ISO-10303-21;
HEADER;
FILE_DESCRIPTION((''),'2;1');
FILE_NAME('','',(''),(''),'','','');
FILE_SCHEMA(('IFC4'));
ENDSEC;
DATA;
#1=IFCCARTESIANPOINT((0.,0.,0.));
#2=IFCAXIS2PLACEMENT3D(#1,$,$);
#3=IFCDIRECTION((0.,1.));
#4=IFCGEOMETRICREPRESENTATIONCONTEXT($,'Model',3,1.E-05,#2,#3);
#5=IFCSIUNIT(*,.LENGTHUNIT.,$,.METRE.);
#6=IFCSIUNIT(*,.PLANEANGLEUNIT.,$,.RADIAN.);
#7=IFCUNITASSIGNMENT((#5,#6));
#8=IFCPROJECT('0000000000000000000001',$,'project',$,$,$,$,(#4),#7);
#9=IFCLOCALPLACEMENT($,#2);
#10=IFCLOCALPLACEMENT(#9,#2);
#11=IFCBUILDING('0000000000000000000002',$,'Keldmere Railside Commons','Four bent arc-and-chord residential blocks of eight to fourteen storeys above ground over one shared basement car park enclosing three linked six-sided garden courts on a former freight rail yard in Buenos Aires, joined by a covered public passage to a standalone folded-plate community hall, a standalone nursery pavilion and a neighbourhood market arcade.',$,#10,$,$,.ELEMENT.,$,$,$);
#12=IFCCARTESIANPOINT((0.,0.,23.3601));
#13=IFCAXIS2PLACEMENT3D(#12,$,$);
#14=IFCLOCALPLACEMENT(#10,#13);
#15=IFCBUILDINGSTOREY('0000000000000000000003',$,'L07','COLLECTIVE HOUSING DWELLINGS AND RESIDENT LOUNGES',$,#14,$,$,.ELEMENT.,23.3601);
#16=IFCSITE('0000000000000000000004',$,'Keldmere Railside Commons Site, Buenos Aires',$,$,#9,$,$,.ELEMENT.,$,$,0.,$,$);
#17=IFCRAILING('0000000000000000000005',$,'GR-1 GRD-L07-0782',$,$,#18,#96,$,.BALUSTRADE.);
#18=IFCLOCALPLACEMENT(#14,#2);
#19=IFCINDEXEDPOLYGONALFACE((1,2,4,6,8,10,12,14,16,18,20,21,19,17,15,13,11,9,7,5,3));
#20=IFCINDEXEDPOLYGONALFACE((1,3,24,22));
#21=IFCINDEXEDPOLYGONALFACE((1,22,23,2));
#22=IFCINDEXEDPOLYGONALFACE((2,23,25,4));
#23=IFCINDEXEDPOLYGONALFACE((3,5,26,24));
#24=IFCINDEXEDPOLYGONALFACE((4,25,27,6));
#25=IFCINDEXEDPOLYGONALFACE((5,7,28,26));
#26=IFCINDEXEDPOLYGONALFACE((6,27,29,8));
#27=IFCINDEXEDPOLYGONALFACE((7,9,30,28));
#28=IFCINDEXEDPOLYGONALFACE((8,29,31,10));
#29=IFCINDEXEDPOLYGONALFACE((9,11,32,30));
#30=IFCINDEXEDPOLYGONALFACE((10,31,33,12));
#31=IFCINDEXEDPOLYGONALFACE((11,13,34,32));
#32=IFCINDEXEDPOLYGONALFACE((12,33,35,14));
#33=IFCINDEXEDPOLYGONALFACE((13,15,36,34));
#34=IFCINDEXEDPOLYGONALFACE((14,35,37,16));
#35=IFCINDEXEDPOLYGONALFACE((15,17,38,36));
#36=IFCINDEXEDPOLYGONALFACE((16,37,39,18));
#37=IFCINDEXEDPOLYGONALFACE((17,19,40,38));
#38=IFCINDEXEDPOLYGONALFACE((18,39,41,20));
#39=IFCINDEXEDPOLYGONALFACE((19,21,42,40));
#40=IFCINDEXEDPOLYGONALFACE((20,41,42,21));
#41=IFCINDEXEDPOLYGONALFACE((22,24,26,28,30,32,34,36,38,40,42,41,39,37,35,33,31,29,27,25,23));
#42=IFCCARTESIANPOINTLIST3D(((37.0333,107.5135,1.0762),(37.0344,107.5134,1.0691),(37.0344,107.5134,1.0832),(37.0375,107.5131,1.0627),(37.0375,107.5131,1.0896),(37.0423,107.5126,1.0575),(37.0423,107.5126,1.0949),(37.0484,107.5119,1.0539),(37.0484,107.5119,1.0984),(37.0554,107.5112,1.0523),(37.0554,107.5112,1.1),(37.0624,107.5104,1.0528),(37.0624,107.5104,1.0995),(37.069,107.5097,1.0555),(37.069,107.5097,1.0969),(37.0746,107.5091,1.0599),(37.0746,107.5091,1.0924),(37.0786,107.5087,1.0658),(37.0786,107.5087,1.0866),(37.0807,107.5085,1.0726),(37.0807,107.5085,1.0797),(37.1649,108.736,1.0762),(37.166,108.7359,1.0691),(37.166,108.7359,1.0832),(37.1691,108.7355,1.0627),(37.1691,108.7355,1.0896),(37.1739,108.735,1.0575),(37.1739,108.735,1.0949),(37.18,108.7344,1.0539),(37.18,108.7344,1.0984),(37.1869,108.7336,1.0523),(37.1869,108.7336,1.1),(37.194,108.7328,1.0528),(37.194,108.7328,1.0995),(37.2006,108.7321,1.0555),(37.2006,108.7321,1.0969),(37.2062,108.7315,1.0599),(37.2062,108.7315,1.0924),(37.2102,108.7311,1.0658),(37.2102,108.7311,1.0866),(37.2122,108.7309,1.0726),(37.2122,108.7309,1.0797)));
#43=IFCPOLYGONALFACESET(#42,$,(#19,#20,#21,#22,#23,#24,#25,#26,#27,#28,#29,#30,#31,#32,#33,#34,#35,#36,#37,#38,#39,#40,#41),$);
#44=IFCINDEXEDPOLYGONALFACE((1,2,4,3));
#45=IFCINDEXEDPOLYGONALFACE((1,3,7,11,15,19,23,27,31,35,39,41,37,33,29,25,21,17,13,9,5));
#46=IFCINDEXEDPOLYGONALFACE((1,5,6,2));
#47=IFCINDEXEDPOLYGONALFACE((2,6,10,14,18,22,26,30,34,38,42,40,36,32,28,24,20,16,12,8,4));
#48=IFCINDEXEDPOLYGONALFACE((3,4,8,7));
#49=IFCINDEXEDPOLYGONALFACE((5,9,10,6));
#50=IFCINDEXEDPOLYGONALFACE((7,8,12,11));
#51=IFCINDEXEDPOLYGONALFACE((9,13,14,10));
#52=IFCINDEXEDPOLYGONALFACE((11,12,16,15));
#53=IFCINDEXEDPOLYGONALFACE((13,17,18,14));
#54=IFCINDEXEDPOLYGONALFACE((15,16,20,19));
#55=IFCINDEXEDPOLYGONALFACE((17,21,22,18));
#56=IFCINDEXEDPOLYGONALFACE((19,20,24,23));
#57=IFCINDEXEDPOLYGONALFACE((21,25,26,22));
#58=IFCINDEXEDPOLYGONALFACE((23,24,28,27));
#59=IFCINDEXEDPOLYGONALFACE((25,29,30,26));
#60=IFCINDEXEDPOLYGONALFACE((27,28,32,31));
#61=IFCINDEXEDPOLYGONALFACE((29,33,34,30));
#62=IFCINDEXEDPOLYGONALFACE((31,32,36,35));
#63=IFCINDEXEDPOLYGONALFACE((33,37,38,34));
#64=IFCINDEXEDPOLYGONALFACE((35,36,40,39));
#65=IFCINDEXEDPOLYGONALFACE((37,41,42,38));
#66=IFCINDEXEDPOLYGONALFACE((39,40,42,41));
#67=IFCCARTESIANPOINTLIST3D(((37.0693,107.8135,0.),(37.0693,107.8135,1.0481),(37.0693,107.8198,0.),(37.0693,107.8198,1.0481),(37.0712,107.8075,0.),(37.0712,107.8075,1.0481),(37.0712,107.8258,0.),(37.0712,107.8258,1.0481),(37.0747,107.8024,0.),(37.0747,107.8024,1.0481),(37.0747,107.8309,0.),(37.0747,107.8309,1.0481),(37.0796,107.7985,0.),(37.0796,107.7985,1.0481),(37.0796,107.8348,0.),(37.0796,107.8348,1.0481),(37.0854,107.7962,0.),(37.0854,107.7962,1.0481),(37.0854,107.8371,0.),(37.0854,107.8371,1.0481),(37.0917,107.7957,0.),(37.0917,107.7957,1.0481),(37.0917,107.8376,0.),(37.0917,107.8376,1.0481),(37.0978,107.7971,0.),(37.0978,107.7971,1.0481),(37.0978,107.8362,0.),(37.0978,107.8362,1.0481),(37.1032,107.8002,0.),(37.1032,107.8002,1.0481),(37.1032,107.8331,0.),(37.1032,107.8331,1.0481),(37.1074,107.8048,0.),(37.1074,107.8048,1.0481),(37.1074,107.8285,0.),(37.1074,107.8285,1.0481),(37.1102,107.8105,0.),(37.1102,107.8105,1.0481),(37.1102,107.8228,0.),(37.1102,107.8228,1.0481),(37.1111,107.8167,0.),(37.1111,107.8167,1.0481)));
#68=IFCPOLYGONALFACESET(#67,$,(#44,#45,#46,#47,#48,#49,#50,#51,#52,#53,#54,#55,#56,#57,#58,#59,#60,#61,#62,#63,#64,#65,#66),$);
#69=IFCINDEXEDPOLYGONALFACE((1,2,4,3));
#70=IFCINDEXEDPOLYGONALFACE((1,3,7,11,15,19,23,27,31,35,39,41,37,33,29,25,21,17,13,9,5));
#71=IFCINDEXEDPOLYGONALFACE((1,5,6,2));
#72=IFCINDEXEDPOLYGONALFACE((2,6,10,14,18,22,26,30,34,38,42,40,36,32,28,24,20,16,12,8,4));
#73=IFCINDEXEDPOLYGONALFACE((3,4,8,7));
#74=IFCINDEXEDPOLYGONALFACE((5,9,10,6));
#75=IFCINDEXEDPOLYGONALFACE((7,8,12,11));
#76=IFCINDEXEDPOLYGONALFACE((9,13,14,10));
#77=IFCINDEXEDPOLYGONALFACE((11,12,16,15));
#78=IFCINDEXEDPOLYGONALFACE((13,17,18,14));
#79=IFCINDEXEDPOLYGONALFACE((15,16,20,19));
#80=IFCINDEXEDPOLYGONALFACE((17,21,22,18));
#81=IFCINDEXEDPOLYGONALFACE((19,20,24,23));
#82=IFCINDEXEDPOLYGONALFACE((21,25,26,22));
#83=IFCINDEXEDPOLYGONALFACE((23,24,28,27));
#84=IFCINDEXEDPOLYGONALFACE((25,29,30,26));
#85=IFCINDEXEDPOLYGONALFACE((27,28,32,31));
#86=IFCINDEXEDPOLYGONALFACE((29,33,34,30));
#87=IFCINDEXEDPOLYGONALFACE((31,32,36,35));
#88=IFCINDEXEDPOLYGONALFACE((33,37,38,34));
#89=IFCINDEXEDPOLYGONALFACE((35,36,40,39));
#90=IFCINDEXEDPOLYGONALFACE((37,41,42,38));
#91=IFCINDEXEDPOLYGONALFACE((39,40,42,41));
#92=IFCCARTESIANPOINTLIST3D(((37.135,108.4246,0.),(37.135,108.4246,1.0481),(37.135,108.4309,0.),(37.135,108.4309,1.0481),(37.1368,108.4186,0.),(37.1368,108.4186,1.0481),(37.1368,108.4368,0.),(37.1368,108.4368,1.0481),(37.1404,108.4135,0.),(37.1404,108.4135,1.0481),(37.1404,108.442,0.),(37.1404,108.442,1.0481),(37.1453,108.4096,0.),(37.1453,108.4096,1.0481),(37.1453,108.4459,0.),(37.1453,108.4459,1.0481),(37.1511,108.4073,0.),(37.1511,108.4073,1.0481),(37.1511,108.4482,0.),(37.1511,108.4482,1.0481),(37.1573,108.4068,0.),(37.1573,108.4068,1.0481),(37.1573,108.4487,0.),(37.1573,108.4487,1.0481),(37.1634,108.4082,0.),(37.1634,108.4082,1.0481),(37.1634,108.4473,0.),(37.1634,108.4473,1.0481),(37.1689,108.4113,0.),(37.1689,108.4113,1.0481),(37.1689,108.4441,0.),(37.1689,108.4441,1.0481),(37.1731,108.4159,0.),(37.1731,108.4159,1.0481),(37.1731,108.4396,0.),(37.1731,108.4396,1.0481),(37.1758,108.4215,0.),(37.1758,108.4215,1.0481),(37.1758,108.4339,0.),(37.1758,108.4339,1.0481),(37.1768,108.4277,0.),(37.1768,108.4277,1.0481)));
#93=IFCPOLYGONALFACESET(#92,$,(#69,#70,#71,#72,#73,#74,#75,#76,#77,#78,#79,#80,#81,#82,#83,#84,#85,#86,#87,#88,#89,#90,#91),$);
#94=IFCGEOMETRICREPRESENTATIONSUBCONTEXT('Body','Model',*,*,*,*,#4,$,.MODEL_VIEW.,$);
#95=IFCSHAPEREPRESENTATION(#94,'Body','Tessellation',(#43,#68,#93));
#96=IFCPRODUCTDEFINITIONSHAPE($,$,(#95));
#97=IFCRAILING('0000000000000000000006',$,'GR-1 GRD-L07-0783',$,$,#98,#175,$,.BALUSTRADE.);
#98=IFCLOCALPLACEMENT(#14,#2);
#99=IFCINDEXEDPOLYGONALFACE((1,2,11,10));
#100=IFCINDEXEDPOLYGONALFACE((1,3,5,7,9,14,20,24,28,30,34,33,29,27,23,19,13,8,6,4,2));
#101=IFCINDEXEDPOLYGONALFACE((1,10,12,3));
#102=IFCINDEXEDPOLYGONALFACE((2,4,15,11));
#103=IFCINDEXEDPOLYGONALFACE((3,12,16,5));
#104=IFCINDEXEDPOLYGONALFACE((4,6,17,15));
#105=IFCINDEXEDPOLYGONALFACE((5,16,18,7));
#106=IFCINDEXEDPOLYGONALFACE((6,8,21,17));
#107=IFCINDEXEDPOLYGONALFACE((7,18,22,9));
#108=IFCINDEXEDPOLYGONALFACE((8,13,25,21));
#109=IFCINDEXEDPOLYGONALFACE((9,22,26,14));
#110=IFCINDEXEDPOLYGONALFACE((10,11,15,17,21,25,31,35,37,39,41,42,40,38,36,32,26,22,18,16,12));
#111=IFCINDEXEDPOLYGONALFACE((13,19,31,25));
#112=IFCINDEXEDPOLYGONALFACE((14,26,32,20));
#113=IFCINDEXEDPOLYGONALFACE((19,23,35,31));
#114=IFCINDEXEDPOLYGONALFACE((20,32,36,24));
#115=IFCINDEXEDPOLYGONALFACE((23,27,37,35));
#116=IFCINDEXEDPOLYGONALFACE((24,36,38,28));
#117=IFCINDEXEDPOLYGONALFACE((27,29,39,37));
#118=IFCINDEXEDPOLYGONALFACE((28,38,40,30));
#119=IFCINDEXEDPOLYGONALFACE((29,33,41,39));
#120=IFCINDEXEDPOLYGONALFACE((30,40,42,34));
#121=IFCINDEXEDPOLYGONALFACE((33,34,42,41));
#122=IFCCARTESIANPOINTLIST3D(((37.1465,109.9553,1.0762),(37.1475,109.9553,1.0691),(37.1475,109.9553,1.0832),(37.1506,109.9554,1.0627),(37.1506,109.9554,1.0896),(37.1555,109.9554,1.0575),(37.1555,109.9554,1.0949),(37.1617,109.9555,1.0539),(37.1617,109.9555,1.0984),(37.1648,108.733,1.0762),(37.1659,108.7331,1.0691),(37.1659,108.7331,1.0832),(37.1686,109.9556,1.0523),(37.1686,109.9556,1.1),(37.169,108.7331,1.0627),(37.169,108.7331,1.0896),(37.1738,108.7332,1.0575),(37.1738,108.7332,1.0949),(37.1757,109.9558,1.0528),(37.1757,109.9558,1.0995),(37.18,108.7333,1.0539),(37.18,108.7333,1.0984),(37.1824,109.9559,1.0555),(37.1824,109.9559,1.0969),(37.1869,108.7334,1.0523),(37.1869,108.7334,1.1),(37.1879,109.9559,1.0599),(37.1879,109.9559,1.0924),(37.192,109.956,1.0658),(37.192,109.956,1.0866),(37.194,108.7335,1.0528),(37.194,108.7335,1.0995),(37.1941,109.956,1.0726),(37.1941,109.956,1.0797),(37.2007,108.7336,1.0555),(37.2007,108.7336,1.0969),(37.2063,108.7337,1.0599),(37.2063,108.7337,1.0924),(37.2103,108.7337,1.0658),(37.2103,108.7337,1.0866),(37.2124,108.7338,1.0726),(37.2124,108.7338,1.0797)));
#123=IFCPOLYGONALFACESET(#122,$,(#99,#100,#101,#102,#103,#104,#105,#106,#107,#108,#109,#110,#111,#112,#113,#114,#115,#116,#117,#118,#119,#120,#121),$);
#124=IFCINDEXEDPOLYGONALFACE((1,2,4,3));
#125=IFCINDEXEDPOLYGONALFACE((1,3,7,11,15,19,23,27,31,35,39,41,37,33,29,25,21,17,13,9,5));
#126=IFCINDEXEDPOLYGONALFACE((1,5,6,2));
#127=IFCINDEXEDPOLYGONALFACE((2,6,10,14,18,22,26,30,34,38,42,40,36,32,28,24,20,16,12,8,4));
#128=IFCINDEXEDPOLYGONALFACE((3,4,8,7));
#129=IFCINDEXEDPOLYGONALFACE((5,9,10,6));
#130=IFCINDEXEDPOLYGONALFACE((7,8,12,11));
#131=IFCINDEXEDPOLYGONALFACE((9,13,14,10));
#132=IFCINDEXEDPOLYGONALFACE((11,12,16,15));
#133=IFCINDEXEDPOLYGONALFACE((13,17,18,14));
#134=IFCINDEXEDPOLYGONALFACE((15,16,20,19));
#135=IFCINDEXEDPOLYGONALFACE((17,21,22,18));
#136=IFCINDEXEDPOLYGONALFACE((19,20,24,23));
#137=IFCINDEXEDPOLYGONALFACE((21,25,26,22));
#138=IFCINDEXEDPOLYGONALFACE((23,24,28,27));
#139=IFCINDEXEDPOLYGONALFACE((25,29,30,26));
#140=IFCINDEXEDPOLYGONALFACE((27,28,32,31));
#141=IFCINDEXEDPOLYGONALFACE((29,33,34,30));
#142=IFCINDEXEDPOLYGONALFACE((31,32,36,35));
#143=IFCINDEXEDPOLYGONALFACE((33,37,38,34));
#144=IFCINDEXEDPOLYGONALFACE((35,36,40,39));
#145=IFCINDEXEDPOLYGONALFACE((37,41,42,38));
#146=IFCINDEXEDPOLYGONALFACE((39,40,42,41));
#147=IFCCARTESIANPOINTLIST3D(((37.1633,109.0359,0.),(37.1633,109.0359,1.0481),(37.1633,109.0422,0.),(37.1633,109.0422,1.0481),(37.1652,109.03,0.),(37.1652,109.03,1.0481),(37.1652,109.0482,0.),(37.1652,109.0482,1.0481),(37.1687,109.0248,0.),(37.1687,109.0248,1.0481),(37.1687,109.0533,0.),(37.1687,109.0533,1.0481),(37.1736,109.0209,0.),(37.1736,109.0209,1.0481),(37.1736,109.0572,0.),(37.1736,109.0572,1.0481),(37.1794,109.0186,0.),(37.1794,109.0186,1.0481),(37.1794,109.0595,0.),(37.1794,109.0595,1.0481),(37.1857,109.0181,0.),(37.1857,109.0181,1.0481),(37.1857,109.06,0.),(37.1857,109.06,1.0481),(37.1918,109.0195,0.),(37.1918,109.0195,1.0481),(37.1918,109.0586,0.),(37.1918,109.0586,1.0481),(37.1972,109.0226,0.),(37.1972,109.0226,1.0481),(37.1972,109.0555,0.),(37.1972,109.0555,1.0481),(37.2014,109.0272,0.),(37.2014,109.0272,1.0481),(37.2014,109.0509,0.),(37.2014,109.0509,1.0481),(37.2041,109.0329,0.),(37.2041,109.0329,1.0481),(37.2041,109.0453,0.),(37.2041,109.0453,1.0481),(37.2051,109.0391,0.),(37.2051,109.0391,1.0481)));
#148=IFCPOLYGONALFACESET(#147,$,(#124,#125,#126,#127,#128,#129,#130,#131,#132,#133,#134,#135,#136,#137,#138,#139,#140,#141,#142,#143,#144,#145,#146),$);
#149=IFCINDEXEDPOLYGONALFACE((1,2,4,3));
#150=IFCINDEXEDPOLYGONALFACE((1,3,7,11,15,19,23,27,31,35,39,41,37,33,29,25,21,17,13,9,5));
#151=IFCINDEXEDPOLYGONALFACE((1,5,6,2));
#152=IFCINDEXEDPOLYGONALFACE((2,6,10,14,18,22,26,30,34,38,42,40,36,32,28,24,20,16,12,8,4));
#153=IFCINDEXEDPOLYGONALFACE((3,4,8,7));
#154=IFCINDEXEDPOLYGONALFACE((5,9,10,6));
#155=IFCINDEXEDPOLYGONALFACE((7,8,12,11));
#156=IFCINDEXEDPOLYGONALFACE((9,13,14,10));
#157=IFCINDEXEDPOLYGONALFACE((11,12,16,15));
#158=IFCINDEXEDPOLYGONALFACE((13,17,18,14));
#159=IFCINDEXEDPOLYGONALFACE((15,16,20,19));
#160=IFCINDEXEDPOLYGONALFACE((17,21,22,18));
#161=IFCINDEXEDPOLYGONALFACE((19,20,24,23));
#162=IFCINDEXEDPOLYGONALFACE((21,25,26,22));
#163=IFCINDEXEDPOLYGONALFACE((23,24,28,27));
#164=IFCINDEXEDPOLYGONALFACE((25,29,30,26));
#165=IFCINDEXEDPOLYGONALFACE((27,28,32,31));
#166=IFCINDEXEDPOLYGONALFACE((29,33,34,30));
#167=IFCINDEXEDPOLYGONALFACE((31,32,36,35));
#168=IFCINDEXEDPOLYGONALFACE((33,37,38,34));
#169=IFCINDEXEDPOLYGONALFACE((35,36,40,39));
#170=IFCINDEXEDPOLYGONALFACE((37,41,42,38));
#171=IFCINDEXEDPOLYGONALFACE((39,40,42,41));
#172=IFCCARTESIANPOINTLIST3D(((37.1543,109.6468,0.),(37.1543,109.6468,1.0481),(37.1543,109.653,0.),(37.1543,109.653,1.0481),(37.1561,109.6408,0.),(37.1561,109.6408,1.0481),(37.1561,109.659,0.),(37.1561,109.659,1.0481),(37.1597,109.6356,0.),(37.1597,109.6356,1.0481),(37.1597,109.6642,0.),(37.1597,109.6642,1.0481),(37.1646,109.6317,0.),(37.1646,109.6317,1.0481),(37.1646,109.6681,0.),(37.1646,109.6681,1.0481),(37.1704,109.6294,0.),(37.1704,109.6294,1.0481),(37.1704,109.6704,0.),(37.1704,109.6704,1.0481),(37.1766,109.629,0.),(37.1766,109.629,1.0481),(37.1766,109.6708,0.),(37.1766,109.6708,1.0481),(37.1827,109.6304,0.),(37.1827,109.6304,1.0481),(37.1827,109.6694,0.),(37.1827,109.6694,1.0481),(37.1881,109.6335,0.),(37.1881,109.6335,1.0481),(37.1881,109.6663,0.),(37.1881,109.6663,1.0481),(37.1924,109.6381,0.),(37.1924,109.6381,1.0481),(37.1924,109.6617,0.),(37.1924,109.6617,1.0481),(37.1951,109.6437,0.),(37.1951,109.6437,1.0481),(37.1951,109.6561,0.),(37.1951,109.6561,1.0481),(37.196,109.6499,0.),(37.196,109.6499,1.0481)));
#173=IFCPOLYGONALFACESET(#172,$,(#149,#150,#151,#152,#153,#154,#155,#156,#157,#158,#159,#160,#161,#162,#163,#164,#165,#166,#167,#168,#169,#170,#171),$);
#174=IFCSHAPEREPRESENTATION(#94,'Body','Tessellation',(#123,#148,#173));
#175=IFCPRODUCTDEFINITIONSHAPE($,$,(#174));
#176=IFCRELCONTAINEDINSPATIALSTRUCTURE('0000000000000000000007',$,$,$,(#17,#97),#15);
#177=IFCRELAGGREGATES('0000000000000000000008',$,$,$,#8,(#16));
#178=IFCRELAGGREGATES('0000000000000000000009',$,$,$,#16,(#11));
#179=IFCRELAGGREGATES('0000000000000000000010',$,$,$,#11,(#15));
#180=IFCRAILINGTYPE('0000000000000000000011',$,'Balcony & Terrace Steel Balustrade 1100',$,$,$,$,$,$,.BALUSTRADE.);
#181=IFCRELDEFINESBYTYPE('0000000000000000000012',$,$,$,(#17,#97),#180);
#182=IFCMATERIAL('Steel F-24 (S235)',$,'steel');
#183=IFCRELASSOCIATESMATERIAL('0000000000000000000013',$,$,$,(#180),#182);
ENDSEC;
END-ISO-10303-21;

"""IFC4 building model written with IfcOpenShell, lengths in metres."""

from ifc_helpers import new_model, si_unit, direction, frame, origin, origin_2d, place, context, subcontext, project, spatial, circle, extrude, material, type_object, element, save


model = new_model("IFC4")

# Units and contexts
model_context = context("Model", 3, precision=1e-05, world=origin(), true_north=direction((0.0, 1.0)))
body_context = subcontext(model_context, "Body", "Model", "MODEL_VIEW")
ifc_project = project(units=[si_unit("LENGTHUNIT", "METRE"), si_unit("PLANEANGLEUNIT", "RADIAN")], contexts=[model_context])

# Site, building, storey
site_placement = place(None, origin())
site = spatial("IfcSite", under=ifc_project, at=site_placement, Name="Keldmere Railside Commons Site, Buenos Aires", CompositionType="ELEMENT", RefElevation=0.0)
building_placement = place(site_placement, origin())
building = spatial("IfcBuilding", under=site, at=building_placement, Name="Keldmere Railside Commons", Description="Four bent arc-and-chord residential blocks of eight to fourteen storeys above ground over one shared basement car park enclosing three linked six-sided garden courts on a former freight rail yard in Buenos Aires, joined by a covered public passage to a standalone folded-plate community hall, a standalone nursery pavilion and a neighbourhood market arcade.", CompositionType="ELEMENT")
storey_placement = place(building_placement, frame((0.0, 0.0, 23.3601)))
storey = spatial("IfcBuildingStorey", under=building, at=storey_placement, Name="L07", Description="COLLECTIVE HOUSING DWELLINGS AND RESIDENT LOUNGES", CompositionType="ELEMENT", Elevation=23.3601)

# Railings
ifc_material_1 = material(Name="Steel F-24 (S235)", Category="steel")
railing_type = type_object("IfcRailingType", Name="Balcony & Terrace Steel Balustrade 1100", PredefinedType="BALUSTRADE", material=ifc_material_1)
railing_1_placement = place(storey_placement, frame((37.0571, 107.511, 0.0)))
element("IfcRailing", 1, at=railing_1_placement, inside=storey, type_object=railing_type, Name="GR-1 GRD-L07-0782", PredefinedType="BALUSTRADE", context=body_context, shape_type="SweptSolid", body=[
    extrude(circle(Radius=0.0239, at=origin_2d()), frame((0.0, 0.0, 1.0762), z_axis=(0.107031, 0.994256, 0.0), x_axis=(-0.994256, 0.107031, 0.0)), (0.0, 0.0, 1.0), 1.2295),
    extrude(circle(Radius=0.021, at=origin_2d()), frame((0.033, 0.3057, 0.0)), (0.0, 0.0, 1.0), 1.0481),
    extrude(circle(Radius=0.021, at=origin_2d()), frame((0.0986, 0.9167, 0.0)), (0.0, 0.0, 1.0), 1.0481),
])
railing_2_placement = place(storey_placement, frame((37.1887, 108.7334, 0.0)))
element("IfcRailing", 2, at=railing_2_placement, inside=storey, type_object=railing_type, Name="GR-1 GRD-L07-0783", PredefinedType="BALUSTRADE", context=body_context, shape_type="SweptSolid", body=[
    extrude(circle(Radius=0.0239, at=origin_2d()), frame((0.0, 0.0, 1.0762), z_axis=(-0.01498, 0.999888, 0.0), x_axis=(-0.999888, -0.01498, 0.0)), (0.0, 0.0, 1.0), 1.2224),
    extrude(circle(Radius=0.021, at=origin_2d()), frame((-0.0046, 0.3057, 0.0)), (0.0, 0.0, 1.0), 1.0481),
    extrude(circle(Radius=0.021, at=origin_2d()), frame((-0.0137, 0.9165, 0.0)), (0.0, 0.0, 1.0), 1.0481),
])

save(model, "model.ifc")
